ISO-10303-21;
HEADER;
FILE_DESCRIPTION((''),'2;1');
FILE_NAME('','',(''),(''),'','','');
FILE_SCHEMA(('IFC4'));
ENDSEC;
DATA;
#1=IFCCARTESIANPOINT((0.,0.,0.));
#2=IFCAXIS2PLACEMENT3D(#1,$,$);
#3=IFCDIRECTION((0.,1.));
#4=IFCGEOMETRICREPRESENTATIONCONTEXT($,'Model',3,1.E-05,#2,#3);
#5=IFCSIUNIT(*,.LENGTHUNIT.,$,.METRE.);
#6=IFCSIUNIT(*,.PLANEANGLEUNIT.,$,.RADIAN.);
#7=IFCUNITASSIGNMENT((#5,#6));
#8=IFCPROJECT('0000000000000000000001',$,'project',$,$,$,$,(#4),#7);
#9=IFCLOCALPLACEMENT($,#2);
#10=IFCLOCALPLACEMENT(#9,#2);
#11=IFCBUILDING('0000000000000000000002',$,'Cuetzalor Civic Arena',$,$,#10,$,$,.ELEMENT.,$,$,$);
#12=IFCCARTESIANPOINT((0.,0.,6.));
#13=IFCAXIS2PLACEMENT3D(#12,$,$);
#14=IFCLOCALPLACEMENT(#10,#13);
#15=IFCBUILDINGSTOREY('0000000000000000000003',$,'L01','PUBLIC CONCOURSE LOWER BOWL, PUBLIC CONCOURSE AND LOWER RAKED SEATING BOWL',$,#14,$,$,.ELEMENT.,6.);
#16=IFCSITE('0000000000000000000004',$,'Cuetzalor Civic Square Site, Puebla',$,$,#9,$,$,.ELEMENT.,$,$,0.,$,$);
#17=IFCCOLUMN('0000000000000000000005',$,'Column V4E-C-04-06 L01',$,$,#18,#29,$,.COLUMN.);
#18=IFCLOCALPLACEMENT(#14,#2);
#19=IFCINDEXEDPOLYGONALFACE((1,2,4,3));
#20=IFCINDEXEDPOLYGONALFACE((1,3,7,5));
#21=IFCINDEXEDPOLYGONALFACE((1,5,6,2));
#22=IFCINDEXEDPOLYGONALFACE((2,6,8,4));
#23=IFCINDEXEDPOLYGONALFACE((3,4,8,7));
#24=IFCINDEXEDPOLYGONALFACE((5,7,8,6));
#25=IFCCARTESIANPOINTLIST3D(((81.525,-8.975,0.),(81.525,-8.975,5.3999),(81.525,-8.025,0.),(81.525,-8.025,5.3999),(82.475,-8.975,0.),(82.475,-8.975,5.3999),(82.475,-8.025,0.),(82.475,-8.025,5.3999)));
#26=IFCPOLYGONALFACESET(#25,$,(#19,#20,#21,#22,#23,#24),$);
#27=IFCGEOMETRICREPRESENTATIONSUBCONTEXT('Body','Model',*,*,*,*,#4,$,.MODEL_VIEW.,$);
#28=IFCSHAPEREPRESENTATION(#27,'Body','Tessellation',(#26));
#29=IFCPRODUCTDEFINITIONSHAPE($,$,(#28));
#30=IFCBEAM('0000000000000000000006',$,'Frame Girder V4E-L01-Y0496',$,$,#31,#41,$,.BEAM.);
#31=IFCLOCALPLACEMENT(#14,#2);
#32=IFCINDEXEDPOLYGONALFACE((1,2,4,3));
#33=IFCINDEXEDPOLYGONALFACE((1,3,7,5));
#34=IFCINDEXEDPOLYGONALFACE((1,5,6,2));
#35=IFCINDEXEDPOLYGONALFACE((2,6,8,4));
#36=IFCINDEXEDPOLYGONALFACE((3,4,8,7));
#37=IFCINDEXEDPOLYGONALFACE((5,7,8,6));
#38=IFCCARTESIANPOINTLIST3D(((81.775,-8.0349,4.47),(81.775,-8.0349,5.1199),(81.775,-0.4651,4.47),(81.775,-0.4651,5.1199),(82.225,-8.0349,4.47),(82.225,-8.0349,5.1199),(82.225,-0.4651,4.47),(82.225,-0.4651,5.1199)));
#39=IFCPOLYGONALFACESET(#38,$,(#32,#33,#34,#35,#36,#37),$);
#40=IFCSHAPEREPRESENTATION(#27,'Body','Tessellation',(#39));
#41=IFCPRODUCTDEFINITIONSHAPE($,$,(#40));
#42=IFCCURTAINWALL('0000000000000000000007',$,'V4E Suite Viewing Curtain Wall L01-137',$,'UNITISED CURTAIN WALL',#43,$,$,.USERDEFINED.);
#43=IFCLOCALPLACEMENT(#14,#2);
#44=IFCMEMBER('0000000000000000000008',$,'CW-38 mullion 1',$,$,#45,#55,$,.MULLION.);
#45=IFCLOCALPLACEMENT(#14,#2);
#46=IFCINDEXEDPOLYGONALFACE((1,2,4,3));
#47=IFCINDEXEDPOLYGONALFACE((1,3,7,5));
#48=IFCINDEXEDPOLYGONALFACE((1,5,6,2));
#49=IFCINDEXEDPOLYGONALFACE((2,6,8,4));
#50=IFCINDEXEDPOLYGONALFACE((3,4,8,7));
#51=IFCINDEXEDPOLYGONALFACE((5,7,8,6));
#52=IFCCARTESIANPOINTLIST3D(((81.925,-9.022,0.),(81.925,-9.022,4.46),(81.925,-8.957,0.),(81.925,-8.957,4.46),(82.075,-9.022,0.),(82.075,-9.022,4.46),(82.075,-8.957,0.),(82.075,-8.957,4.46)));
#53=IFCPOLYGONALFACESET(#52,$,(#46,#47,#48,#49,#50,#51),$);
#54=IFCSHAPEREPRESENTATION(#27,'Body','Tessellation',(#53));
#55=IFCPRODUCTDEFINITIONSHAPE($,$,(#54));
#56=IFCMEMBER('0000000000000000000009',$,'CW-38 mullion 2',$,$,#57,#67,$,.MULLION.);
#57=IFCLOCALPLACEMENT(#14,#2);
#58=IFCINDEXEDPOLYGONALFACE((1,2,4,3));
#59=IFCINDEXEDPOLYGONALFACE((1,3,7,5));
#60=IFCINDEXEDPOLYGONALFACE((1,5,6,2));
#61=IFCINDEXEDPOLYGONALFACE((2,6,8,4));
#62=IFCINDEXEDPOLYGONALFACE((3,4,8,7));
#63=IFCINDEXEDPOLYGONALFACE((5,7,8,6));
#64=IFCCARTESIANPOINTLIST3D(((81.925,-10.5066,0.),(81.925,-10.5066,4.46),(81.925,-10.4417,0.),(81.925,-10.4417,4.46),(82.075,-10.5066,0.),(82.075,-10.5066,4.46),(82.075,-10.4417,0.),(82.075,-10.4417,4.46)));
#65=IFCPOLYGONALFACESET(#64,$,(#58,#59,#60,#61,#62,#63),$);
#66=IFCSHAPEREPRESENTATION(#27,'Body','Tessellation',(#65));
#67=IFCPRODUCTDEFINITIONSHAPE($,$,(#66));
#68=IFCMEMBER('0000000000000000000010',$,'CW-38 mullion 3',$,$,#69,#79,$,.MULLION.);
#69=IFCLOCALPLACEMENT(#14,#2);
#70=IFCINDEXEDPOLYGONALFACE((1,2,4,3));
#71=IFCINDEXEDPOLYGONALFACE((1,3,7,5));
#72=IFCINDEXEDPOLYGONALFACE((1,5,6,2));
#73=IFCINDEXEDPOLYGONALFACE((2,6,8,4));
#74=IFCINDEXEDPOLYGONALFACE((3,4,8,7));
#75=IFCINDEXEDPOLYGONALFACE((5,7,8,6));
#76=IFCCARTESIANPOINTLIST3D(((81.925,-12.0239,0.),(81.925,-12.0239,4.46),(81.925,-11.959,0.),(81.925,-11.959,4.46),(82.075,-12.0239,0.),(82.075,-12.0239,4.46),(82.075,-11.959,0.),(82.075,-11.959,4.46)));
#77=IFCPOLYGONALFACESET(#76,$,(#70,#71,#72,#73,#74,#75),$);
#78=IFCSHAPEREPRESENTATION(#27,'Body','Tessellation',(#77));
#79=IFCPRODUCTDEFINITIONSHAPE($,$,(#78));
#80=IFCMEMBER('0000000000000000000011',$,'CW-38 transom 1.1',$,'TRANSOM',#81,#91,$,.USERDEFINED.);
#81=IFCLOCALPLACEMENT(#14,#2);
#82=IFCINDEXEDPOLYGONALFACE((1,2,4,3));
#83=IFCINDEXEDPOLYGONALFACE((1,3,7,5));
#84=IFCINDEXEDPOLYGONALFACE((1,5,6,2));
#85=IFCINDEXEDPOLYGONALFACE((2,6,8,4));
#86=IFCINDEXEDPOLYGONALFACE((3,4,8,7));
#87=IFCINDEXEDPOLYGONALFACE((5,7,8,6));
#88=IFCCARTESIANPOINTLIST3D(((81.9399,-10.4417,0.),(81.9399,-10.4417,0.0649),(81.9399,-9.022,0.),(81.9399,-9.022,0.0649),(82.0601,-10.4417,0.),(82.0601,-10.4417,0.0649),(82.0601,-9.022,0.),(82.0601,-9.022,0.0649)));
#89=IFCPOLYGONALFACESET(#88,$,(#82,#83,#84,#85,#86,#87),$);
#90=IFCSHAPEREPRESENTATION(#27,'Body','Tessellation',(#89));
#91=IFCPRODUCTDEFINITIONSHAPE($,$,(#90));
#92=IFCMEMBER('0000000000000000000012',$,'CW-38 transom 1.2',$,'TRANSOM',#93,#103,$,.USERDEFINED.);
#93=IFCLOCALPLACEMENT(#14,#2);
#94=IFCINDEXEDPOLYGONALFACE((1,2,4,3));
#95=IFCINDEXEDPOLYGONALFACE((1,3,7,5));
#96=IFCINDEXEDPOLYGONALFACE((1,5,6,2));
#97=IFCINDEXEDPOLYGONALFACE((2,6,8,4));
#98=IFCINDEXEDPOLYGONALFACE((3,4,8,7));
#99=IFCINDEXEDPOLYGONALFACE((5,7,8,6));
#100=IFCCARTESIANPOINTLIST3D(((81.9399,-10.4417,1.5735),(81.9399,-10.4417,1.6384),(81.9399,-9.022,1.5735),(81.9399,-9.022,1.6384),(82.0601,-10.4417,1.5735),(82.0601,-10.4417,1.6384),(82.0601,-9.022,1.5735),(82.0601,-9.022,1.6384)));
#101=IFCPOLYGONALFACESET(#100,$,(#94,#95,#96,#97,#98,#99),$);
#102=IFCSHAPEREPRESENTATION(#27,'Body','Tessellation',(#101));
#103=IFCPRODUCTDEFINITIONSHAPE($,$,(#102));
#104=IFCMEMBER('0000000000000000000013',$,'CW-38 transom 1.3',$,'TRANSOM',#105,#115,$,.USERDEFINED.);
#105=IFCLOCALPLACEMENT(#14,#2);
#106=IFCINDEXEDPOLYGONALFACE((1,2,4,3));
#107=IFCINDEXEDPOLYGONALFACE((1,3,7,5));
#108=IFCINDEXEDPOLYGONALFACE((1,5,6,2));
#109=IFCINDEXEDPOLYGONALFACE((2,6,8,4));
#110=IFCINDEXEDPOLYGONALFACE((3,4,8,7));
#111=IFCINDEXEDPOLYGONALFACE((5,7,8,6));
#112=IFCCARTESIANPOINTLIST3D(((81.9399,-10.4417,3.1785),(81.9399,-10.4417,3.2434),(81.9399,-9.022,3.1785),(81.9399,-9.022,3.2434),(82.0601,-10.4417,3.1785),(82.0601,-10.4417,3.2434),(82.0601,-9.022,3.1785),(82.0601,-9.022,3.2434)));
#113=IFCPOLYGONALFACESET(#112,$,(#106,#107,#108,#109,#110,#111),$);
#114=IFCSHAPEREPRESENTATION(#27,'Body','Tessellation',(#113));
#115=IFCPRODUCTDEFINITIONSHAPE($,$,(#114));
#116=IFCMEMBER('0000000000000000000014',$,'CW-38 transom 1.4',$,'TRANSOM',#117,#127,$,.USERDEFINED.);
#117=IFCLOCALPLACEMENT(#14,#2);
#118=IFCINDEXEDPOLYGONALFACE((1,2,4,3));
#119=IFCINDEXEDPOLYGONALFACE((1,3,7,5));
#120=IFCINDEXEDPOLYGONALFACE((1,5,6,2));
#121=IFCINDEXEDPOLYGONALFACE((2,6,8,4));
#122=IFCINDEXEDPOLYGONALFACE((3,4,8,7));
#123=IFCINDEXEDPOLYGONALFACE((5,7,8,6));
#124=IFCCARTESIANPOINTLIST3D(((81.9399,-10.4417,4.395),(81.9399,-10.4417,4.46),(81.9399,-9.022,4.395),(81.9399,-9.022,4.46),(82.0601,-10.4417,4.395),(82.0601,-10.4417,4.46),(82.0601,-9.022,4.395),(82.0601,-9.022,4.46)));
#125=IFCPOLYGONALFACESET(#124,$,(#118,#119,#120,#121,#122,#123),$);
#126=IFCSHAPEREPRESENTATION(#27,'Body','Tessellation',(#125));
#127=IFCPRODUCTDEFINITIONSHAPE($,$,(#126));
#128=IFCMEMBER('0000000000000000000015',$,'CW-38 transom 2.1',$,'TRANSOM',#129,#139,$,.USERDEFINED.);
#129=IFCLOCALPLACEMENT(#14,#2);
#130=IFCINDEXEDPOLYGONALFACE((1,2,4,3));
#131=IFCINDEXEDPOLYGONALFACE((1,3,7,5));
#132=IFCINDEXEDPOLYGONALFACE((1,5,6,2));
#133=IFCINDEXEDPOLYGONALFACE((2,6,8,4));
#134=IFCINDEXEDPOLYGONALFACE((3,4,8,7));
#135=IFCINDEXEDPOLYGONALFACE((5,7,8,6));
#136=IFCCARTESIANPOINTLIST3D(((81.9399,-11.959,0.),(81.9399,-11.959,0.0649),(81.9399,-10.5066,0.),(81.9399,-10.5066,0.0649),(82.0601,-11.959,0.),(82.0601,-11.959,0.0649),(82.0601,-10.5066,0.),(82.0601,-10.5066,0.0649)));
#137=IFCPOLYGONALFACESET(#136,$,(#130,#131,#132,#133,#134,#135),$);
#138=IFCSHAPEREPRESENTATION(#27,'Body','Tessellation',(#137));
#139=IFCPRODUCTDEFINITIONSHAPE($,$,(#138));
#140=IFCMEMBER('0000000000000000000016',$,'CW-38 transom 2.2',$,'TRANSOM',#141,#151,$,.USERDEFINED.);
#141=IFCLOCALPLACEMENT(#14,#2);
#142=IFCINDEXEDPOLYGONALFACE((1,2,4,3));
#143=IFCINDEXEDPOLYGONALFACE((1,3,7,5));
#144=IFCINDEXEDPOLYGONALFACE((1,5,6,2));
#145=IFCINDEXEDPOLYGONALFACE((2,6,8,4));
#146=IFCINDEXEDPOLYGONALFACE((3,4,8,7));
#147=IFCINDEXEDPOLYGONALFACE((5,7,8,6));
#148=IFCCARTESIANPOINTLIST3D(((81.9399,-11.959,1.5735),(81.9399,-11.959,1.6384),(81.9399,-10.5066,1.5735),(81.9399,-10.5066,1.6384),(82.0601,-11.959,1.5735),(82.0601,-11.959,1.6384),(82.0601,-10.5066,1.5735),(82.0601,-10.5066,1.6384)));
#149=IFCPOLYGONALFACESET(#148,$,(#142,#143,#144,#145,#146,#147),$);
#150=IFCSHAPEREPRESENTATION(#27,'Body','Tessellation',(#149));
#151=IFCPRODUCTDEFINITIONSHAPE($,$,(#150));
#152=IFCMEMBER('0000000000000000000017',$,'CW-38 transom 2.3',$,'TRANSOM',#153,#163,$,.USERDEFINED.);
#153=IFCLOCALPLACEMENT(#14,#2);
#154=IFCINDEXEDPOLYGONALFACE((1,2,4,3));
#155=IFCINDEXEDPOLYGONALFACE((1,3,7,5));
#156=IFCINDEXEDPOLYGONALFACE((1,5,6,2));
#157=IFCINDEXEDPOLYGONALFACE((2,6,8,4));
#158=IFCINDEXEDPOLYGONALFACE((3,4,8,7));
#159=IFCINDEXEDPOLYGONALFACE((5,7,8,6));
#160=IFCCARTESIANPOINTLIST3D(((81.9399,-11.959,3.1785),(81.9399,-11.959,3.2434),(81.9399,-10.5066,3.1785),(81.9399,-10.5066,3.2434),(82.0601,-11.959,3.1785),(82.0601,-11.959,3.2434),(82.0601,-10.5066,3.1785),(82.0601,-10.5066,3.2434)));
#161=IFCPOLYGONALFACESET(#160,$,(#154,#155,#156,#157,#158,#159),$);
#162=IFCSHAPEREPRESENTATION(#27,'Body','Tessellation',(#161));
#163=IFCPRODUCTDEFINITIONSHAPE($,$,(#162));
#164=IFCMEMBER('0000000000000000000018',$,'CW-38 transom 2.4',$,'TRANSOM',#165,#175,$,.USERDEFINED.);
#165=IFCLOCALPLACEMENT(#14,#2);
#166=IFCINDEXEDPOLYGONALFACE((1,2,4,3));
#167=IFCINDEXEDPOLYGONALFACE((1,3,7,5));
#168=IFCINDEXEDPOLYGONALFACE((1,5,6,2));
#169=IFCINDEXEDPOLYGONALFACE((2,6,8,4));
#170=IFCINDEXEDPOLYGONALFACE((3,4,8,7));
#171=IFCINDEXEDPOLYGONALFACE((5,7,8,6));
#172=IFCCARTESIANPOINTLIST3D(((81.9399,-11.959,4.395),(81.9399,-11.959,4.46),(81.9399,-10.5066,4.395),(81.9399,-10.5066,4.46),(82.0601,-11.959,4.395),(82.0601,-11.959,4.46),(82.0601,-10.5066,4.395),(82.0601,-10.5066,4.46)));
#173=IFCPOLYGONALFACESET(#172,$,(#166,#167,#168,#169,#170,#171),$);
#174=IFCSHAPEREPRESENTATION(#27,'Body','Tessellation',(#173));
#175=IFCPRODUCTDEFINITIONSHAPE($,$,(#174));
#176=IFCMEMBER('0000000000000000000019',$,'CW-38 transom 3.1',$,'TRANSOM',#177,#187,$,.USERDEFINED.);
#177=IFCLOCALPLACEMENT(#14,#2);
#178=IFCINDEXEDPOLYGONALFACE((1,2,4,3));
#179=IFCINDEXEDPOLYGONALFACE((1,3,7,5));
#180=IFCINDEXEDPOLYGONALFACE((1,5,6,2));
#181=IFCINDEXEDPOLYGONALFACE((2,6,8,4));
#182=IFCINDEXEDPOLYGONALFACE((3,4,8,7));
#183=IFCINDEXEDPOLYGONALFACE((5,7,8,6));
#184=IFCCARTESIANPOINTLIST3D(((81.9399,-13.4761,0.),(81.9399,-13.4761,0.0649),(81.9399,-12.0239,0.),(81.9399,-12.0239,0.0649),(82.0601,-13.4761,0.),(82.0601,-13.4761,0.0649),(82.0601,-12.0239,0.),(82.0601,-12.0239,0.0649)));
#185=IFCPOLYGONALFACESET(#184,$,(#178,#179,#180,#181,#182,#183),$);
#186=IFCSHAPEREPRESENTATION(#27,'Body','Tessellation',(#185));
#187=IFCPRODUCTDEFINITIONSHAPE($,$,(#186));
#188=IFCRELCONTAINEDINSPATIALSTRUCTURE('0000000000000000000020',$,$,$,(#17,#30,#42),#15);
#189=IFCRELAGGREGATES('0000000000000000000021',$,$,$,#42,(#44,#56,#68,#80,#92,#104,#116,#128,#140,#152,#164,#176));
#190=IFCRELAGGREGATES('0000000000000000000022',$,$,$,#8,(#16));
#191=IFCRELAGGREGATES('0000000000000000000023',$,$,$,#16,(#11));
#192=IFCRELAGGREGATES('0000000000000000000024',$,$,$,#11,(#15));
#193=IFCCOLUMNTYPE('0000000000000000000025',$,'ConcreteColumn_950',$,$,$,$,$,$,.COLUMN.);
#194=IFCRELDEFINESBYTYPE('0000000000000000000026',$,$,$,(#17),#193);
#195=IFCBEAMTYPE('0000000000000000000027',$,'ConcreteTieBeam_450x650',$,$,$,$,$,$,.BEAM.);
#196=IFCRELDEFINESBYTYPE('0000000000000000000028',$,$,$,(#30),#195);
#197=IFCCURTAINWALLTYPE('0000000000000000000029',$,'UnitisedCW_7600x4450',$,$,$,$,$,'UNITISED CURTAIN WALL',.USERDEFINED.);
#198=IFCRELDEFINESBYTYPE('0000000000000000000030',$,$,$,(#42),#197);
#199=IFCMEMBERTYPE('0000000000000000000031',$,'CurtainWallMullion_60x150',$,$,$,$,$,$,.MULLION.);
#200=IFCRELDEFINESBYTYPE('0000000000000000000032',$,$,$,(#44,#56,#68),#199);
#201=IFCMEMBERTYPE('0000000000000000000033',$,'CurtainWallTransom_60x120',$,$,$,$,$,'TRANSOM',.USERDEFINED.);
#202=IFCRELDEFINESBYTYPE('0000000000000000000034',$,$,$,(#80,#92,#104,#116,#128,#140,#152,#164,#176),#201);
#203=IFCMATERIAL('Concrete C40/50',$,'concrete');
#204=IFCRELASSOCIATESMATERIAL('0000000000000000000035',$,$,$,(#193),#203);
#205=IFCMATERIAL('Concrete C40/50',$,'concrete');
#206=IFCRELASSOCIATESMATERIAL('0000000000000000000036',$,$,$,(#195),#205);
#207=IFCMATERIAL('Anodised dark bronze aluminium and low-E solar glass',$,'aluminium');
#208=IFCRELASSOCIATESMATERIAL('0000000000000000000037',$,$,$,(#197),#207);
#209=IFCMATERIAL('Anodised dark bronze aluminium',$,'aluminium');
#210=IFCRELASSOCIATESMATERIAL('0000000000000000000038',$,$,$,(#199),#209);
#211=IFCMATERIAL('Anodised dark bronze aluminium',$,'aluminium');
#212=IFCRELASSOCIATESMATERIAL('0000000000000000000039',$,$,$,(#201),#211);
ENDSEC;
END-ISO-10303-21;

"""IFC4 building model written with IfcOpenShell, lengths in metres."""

from ifc_helpers import new_model, si_unit, direction, frame, origin, origin_2d, place, context, subcontext, project, spatial, rectangle, extrude, material, material_profile, profile_set, type_object, element, aggregate, save


model = new_model("IFC4")

# Units and contexts
model_context = context("Model", 3, precision=1e-05, world=origin(), true_north=direction((0.0, 1.0)))
body_context = subcontext(model_context, "Body", "Model", "MODEL_VIEW")
ifc_project = project(units=[si_unit("LENGTHUNIT", "METRE"), si_unit("PLANEANGLEUNIT", "RADIAN")], contexts=[model_context])

# Site, building, storey
site_placement = place(None, origin())
site = spatial("IfcSite", under=ifc_project, at=site_placement, Name="Cuetzalor Civic Square Site, Puebla", CompositionType="ELEMENT", RefElevation=0.0)
building_placement = place(site_placement, origin())
building = spatial("IfcBuilding", under=site, at=building_placement, Name="Cuetzalor Civic Arena", CompositionType="ELEMENT")
storey_placement = place(building_placement, frame((0.0, 0.0, 6.0)))
storey = spatial("IfcBuildingStorey", under=building, at=storey_placement, Name="L01", Description="PUBLIC CONCOURSE LOWER BOWL, PUBLIC CONCOURSE AND LOWER RAKED SEATING BOWL", CompositionType="ELEMENT", Elevation=6.0)

# Column
ifc_material_1 = material(Name="Concrete C40/50", Category="concrete")
ifc_material_profile_1 = material_profile(ifc_material_1, rectangle(XDim=0.95, YDim=0.95, at=origin_2d()), Name="RC 950x950")
ifc_profile_set_1 = profile_set([ifc_material_profile_1], Name="Concrete C40/50")
column_type = type_object("IfcColumnType", Name="ConcreteColumn_950", PredefinedType="COLUMN", material=ifc_profile_set_1)
column_placement = place(storey_placement, frame((82.0, -8.5, 0.0), z_axis=(0.0, 0.0, 1.0), x_axis=(1.0, 0.0, 0.0)))
element("IfcColumn", 1, at=column_placement, inside=storey, type_object=column_type, Name="Column V4E-C-04-06 L01", PredefinedType="COLUMN", context=body_context, shape_type="SweptSolid", body=[
    extrude(rectangle(XDim=0.95, YDim=0.95, at=origin_2d()), origin(), (0.0, 0.0, 1.0), 5.3999),
])

# Beam
ifc_material_2 = material(Name="Concrete C40/50", Category="concrete")
ifc_material_profile_2 = material_profile(ifc_material_2, rectangle(XDim=0.45, YDim=0.6499, at=origin_2d()), Name="RC 450x650")
ifc_profile_set_2 = profile_set([ifc_material_profile_2], Name="Concrete C40/50")
beam_type = type_object("IfcBeamType", Name="ConcreteTieBeam_450x650", PredefinedType="BEAM", material=ifc_profile_set_2)
beam_placement = place(storey_placement, frame((82.0, -8.0349, 4.7949), z_axis=(0.0, 1.0, 0.0), x_axis=(-1.0, 0.0, 0.0)))
element("IfcBeam", 2, at=beam_placement, inside=storey, type_object=beam_type, Name="Frame Girder V4E-L01-Y0496", PredefinedType="BEAM", context=body_context, shape_type="SweptSolid", body=[
    extrude(rectangle(XDim=0.45, YDim=0.6499, at=origin_2d()), origin(), (0.0, 0.0, 1.0), 7.5698),
])

# Curtain wall, members
ifc_material_3 = material(Name="Anodised dark bronze aluminium and low-E solar glass", Category="aluminium")
curtain_wall_type = type_object("IfcCurtainWallType", Name="UnitisedCW_7600x4450", ElementType="UNITISED CURTAIN WALL", PredefinedType="USERDEFINED", material=ifc_material_3)
curtain_wall_placement = place(storey_placement, origin())
curtain_wall = element("IfcCurtainWall", 3, at=curtain_wall_placement, inside=storey, type_object=curtain_wall_type, Name="V4E Suite Viewing Curtain Wall L01-137", ObjectType="UNITISED CURTAIN WALL", PredefinedType="USERDEFINED")
ifc_material_4 = material(Name="Anodised dark bronze aluminium", Category="aluminium")
ifc_material_profile_3 = material_profile(ifc_material_4, rectangle(XDim=0.0649, YDim=0.1499, at=origin_2d()), Name="ALU MULLION 65x150")
ifc_profile_set_3 = profile_set([ifc_material_profile_3], Name="Anodised dark bronze aluminium")
member_type_1 = type_object("IfcMemberType", Name="CurtainWallMullion_60x150", PredefinedType="MULLION", material=ifc_profile_set_3)
member_1_placement = place(storey_placement, frame((82.0, -8.9895, 0.0), z_axis=(0.0, 0.0, 1.0), x_axis=(0.0, -1.0, 0.0)))
member_1 = element("IfcMember", 4, at=member_1_placement, type_object=member_type_1, Name="CW-38 mullion 1", PredefinedType="MULLION", context=body_context, shape_type="SweptSolid", body=[
    extrude(rectangle(XDim=0.0649, YDim=0.1499, at=origin_2d()), origin(), (0.0, 0.0, 1.0), 4.46),
])
member_2_placement = place(storey_placement, frame((82.0, -10.4741, 0.0), z_axis=(0.0, 0.0, 1.0), x_axis=(0.0, -1.0, 0.0)))
member_2 = element("IfcMember", 5, at=member_2_placement, type_object=member_type_1, Name="CW-38 mullion 2", PredefinedType="MULLION", context=body_context, shape_type="SweptSolid", body=[
    extrude(rectangle(XDim=0.0649, YDim=0.1499, at=origin_2d()), origin(), (0.0, 0.0, 1.0), 4.46),
])
member_3_placement = place(storey_placement, frame((82.0, -11.9915, 0.0), z_axis=(0.0, 0.0, 1.0), x_axis=(0.0, -1.0, 0.0)))
member_3 = element("IfcMember", 6, at=member_3_placement, type_object=member_type_1, Name="CW-38 mullion 3", PredefinedType="MULLION", context=body_context, shape_type="SweptSolid", body=[
    extrude(rectangle(XDim=0.0649, YDim=0.1499, at=origin_2d()), origin(), (0.0, 0.0, 1.0), 4.46),
])
ifc_material_5 = material(Name="Anodised dark bronze aluminium", Category="aluminium")
ifc_material_profile_4 = material_profile(ifc_material_5, rectangle(XDim=0.1201, YDim=0.0649, at=origin_2d()), Name="ALU TRANSOM 65x120")
ifc_profile_set_4 = profile_set([ifc_material_profile_4], Name="Anodised dark bronze aluminium")
member_type_2 = type_object("IfcMemberType", Name="CurtainWallTransom_60x120", ElementType="TRANSOM", PredefinedType="USERDEFINED", material=ifc_profile_set_4)
member_4_placement = place(storey_placement, frame((82.0, -9.022, 0.0325), z_axis=(0.0, -1.0, 0.0), x_axis=(1.0, 0.0, 0.0)))
member_4 = element("IfcMember", 7, at=member_4_placement, type_object=member_type_2, Name="CW-38 transom 1.1", ObjectType="TRANSOM", PredefinedType="USERDEFINED", context=body_context, shape_type="SweptSolid", body=[
    extrude(rectangle(XDim=0.1201, YDim=0.0649, at=origin_2d()), origin(), (0.0, 0.0, 1.0), 1.4197),
])
member_5_placement = place(storey_placement, frame((82.0, -9.022, 1.606), z_axis=(0.0, -1.0, 0.0), x_axis=(1.0, 0.0, 0.0)))
member_5 = element("IfcMember", 8, at=member_5_placement, type_object=member_type_2, Name="CW-38 transom 1.2", ObjectType="TRANSOM", PredefinedType="USERDEFINED", context=body_context, shape_type="SweptSolid", body=[
    extrude(rectangle(XDim=0.1201, YDim=0.0649, at=origin_2d()), origin(), (0.0, 0.0, 1.0), 1.4197),
])
member_6_placement = place(storey_placement, frame((82.0, -9.022, 3.2109), z_axis=(0.0, -1.0, 0.0), x_axis=(1.0, 0.0, 0.0)))
member_6 = element("IfcMember", 9, at=member_6_placement, type_object=member_type_2, Name="CW-38 transom 1.3", ObjectType="TRANSOM", PredefinedType="USERDEFINED", context=body_context, shape_type="SweptSolid", body=[
    extrude(rectangle(XDim=0.1201, YDim=0.0649, at=origin_2d()), origin(), (0.0, 0.0, 1.0), 1.4197),
])
member_7_placement = place(storey_placement, frame((82.0, -9.022, 4.4275), z_axis=(0.0, -1.0, 0.0), x_axis=(1.0, 0.0, 0.0)))
member_7 = element("IfcMember", 10, at=member_7_placement, type_object=member_type_2, Name="CW-38 transom 1.4", ObjectType="TRANSOM", PredefinedType="USERDEFINED", context=body_context, shape_type="SweptSolid", body=[
    extrude(rectangle(XDim=0.1201, YDim=0.0649, at=origin_2d()), origin(), (0.0, 0.0, 1.0), 1.4197),
])
member_8_placement = place(storey_placement, frame((82.0, -10.5066, 0.0325), z_axis=(0.0, -1.0, 0.0), x_axis=(1.0, 0.0, 0.0)))
member_8 = element("IfcMember", 11, at=member_8_placement, type_object=member_type_2, Name="CW-38 transom 2.1", ObjectType="TRANSOM", PredefinedType="USERDEFINED", context=body_context, shape_type="SweptSolid", body=[
    extrude(rectangle(XDim=0.1201, YDim=0.0649, at=origin_2d()), origin(), (0.0, 0.0, 1.0), 1.4524),
])
member_9_placement = place(storey_placement, frame((82.0, -10.5066, 1.606), z_axis=(0.0, -1.0, 0.0), x_axis=(1.0, 0.0, 0.0)))
member_9 = element("IfcMember", 12, at=member_9_placement, type_object=member_type_2, Name="CW-38 transom 2.2", ObjectType="TRANSOM", PredefinedType="USERDEFINED", context=body_context, shape_type="SweptSolid", body=[
    extrude(rectangle(XDim=0.1201, YDim=0.0649, at=origin_2d()), origin(), (0.0, 0.0, 1.0), 1.4524),
])
member_10_placement = place(storey_placement, frame((82.0, -10.5066, 3.2109), z_axis=(0.0, -1.0, 0.0), x_axis=(1.0, 0.0, 0.0)))
member_10 = element("IfcMember", 13, at=member_10_placement, type_object=member_type_2, Name="CW-38 transom 2.3", ObjectType="TRANSOM", PredefinedType="USERDEFINED", context=body_context, shape_type="SweptSolid", body=[
    extrude(rectangle(XDim=0.1201, YDim=0.0649, at=origin_2d()), origin(), (0.0, 0.0, 1.0), 1.4524),
])
member_11_placement = place(storey_placement, frame((82.0, -10.5066, 4.4275), z_axis=(0.0, -1.0, 0.0), x_axis=(1.0, 0.0, 0.0)))
member_11 = element("IfcMember", 14, at=member_11_placement, type_object=member_type_2, Name="CW-38 transom 2.4", ObjectType="TRANSOM", PredefinedType="USERDEFINED", context=body_context, shape_type="SweptSolid", body=[
    extrude(rectangle(XDim=0.1201, YDim=0.0649, at=origin_2d()), origin(), (0.0, 0.0, 1.0), 1.4524),
])
member_12_placement = place(storey_placement, frame((82.0, -12.0239, 0.0325), z_axis=(0.0, -1.0, 0.0), x_axis=(1.0, 0.0, 0.0)))
member_12 = element("IfcMember", 15, at=member_12_placement, type_object=member_type_2, Name="CW-38 transom 3.1", ObjectType="TRANSOM", PredefinedType="USERDEFINED", context=body_context, shape_type="SweptSolid", body=[
    extrude(rectangle(XDim=0.1201, YDim=0.0649, at=origin_2d()), origin(), (0.0, 0.0, 1.0), 1.4521),
])
aggregate(curtain_wall, [member_1, member_2, member_3, member_4, member_5, member_6, member_7, member_8, member_9, member_10, member_11, member_12])

save(model, "model.ifc")
